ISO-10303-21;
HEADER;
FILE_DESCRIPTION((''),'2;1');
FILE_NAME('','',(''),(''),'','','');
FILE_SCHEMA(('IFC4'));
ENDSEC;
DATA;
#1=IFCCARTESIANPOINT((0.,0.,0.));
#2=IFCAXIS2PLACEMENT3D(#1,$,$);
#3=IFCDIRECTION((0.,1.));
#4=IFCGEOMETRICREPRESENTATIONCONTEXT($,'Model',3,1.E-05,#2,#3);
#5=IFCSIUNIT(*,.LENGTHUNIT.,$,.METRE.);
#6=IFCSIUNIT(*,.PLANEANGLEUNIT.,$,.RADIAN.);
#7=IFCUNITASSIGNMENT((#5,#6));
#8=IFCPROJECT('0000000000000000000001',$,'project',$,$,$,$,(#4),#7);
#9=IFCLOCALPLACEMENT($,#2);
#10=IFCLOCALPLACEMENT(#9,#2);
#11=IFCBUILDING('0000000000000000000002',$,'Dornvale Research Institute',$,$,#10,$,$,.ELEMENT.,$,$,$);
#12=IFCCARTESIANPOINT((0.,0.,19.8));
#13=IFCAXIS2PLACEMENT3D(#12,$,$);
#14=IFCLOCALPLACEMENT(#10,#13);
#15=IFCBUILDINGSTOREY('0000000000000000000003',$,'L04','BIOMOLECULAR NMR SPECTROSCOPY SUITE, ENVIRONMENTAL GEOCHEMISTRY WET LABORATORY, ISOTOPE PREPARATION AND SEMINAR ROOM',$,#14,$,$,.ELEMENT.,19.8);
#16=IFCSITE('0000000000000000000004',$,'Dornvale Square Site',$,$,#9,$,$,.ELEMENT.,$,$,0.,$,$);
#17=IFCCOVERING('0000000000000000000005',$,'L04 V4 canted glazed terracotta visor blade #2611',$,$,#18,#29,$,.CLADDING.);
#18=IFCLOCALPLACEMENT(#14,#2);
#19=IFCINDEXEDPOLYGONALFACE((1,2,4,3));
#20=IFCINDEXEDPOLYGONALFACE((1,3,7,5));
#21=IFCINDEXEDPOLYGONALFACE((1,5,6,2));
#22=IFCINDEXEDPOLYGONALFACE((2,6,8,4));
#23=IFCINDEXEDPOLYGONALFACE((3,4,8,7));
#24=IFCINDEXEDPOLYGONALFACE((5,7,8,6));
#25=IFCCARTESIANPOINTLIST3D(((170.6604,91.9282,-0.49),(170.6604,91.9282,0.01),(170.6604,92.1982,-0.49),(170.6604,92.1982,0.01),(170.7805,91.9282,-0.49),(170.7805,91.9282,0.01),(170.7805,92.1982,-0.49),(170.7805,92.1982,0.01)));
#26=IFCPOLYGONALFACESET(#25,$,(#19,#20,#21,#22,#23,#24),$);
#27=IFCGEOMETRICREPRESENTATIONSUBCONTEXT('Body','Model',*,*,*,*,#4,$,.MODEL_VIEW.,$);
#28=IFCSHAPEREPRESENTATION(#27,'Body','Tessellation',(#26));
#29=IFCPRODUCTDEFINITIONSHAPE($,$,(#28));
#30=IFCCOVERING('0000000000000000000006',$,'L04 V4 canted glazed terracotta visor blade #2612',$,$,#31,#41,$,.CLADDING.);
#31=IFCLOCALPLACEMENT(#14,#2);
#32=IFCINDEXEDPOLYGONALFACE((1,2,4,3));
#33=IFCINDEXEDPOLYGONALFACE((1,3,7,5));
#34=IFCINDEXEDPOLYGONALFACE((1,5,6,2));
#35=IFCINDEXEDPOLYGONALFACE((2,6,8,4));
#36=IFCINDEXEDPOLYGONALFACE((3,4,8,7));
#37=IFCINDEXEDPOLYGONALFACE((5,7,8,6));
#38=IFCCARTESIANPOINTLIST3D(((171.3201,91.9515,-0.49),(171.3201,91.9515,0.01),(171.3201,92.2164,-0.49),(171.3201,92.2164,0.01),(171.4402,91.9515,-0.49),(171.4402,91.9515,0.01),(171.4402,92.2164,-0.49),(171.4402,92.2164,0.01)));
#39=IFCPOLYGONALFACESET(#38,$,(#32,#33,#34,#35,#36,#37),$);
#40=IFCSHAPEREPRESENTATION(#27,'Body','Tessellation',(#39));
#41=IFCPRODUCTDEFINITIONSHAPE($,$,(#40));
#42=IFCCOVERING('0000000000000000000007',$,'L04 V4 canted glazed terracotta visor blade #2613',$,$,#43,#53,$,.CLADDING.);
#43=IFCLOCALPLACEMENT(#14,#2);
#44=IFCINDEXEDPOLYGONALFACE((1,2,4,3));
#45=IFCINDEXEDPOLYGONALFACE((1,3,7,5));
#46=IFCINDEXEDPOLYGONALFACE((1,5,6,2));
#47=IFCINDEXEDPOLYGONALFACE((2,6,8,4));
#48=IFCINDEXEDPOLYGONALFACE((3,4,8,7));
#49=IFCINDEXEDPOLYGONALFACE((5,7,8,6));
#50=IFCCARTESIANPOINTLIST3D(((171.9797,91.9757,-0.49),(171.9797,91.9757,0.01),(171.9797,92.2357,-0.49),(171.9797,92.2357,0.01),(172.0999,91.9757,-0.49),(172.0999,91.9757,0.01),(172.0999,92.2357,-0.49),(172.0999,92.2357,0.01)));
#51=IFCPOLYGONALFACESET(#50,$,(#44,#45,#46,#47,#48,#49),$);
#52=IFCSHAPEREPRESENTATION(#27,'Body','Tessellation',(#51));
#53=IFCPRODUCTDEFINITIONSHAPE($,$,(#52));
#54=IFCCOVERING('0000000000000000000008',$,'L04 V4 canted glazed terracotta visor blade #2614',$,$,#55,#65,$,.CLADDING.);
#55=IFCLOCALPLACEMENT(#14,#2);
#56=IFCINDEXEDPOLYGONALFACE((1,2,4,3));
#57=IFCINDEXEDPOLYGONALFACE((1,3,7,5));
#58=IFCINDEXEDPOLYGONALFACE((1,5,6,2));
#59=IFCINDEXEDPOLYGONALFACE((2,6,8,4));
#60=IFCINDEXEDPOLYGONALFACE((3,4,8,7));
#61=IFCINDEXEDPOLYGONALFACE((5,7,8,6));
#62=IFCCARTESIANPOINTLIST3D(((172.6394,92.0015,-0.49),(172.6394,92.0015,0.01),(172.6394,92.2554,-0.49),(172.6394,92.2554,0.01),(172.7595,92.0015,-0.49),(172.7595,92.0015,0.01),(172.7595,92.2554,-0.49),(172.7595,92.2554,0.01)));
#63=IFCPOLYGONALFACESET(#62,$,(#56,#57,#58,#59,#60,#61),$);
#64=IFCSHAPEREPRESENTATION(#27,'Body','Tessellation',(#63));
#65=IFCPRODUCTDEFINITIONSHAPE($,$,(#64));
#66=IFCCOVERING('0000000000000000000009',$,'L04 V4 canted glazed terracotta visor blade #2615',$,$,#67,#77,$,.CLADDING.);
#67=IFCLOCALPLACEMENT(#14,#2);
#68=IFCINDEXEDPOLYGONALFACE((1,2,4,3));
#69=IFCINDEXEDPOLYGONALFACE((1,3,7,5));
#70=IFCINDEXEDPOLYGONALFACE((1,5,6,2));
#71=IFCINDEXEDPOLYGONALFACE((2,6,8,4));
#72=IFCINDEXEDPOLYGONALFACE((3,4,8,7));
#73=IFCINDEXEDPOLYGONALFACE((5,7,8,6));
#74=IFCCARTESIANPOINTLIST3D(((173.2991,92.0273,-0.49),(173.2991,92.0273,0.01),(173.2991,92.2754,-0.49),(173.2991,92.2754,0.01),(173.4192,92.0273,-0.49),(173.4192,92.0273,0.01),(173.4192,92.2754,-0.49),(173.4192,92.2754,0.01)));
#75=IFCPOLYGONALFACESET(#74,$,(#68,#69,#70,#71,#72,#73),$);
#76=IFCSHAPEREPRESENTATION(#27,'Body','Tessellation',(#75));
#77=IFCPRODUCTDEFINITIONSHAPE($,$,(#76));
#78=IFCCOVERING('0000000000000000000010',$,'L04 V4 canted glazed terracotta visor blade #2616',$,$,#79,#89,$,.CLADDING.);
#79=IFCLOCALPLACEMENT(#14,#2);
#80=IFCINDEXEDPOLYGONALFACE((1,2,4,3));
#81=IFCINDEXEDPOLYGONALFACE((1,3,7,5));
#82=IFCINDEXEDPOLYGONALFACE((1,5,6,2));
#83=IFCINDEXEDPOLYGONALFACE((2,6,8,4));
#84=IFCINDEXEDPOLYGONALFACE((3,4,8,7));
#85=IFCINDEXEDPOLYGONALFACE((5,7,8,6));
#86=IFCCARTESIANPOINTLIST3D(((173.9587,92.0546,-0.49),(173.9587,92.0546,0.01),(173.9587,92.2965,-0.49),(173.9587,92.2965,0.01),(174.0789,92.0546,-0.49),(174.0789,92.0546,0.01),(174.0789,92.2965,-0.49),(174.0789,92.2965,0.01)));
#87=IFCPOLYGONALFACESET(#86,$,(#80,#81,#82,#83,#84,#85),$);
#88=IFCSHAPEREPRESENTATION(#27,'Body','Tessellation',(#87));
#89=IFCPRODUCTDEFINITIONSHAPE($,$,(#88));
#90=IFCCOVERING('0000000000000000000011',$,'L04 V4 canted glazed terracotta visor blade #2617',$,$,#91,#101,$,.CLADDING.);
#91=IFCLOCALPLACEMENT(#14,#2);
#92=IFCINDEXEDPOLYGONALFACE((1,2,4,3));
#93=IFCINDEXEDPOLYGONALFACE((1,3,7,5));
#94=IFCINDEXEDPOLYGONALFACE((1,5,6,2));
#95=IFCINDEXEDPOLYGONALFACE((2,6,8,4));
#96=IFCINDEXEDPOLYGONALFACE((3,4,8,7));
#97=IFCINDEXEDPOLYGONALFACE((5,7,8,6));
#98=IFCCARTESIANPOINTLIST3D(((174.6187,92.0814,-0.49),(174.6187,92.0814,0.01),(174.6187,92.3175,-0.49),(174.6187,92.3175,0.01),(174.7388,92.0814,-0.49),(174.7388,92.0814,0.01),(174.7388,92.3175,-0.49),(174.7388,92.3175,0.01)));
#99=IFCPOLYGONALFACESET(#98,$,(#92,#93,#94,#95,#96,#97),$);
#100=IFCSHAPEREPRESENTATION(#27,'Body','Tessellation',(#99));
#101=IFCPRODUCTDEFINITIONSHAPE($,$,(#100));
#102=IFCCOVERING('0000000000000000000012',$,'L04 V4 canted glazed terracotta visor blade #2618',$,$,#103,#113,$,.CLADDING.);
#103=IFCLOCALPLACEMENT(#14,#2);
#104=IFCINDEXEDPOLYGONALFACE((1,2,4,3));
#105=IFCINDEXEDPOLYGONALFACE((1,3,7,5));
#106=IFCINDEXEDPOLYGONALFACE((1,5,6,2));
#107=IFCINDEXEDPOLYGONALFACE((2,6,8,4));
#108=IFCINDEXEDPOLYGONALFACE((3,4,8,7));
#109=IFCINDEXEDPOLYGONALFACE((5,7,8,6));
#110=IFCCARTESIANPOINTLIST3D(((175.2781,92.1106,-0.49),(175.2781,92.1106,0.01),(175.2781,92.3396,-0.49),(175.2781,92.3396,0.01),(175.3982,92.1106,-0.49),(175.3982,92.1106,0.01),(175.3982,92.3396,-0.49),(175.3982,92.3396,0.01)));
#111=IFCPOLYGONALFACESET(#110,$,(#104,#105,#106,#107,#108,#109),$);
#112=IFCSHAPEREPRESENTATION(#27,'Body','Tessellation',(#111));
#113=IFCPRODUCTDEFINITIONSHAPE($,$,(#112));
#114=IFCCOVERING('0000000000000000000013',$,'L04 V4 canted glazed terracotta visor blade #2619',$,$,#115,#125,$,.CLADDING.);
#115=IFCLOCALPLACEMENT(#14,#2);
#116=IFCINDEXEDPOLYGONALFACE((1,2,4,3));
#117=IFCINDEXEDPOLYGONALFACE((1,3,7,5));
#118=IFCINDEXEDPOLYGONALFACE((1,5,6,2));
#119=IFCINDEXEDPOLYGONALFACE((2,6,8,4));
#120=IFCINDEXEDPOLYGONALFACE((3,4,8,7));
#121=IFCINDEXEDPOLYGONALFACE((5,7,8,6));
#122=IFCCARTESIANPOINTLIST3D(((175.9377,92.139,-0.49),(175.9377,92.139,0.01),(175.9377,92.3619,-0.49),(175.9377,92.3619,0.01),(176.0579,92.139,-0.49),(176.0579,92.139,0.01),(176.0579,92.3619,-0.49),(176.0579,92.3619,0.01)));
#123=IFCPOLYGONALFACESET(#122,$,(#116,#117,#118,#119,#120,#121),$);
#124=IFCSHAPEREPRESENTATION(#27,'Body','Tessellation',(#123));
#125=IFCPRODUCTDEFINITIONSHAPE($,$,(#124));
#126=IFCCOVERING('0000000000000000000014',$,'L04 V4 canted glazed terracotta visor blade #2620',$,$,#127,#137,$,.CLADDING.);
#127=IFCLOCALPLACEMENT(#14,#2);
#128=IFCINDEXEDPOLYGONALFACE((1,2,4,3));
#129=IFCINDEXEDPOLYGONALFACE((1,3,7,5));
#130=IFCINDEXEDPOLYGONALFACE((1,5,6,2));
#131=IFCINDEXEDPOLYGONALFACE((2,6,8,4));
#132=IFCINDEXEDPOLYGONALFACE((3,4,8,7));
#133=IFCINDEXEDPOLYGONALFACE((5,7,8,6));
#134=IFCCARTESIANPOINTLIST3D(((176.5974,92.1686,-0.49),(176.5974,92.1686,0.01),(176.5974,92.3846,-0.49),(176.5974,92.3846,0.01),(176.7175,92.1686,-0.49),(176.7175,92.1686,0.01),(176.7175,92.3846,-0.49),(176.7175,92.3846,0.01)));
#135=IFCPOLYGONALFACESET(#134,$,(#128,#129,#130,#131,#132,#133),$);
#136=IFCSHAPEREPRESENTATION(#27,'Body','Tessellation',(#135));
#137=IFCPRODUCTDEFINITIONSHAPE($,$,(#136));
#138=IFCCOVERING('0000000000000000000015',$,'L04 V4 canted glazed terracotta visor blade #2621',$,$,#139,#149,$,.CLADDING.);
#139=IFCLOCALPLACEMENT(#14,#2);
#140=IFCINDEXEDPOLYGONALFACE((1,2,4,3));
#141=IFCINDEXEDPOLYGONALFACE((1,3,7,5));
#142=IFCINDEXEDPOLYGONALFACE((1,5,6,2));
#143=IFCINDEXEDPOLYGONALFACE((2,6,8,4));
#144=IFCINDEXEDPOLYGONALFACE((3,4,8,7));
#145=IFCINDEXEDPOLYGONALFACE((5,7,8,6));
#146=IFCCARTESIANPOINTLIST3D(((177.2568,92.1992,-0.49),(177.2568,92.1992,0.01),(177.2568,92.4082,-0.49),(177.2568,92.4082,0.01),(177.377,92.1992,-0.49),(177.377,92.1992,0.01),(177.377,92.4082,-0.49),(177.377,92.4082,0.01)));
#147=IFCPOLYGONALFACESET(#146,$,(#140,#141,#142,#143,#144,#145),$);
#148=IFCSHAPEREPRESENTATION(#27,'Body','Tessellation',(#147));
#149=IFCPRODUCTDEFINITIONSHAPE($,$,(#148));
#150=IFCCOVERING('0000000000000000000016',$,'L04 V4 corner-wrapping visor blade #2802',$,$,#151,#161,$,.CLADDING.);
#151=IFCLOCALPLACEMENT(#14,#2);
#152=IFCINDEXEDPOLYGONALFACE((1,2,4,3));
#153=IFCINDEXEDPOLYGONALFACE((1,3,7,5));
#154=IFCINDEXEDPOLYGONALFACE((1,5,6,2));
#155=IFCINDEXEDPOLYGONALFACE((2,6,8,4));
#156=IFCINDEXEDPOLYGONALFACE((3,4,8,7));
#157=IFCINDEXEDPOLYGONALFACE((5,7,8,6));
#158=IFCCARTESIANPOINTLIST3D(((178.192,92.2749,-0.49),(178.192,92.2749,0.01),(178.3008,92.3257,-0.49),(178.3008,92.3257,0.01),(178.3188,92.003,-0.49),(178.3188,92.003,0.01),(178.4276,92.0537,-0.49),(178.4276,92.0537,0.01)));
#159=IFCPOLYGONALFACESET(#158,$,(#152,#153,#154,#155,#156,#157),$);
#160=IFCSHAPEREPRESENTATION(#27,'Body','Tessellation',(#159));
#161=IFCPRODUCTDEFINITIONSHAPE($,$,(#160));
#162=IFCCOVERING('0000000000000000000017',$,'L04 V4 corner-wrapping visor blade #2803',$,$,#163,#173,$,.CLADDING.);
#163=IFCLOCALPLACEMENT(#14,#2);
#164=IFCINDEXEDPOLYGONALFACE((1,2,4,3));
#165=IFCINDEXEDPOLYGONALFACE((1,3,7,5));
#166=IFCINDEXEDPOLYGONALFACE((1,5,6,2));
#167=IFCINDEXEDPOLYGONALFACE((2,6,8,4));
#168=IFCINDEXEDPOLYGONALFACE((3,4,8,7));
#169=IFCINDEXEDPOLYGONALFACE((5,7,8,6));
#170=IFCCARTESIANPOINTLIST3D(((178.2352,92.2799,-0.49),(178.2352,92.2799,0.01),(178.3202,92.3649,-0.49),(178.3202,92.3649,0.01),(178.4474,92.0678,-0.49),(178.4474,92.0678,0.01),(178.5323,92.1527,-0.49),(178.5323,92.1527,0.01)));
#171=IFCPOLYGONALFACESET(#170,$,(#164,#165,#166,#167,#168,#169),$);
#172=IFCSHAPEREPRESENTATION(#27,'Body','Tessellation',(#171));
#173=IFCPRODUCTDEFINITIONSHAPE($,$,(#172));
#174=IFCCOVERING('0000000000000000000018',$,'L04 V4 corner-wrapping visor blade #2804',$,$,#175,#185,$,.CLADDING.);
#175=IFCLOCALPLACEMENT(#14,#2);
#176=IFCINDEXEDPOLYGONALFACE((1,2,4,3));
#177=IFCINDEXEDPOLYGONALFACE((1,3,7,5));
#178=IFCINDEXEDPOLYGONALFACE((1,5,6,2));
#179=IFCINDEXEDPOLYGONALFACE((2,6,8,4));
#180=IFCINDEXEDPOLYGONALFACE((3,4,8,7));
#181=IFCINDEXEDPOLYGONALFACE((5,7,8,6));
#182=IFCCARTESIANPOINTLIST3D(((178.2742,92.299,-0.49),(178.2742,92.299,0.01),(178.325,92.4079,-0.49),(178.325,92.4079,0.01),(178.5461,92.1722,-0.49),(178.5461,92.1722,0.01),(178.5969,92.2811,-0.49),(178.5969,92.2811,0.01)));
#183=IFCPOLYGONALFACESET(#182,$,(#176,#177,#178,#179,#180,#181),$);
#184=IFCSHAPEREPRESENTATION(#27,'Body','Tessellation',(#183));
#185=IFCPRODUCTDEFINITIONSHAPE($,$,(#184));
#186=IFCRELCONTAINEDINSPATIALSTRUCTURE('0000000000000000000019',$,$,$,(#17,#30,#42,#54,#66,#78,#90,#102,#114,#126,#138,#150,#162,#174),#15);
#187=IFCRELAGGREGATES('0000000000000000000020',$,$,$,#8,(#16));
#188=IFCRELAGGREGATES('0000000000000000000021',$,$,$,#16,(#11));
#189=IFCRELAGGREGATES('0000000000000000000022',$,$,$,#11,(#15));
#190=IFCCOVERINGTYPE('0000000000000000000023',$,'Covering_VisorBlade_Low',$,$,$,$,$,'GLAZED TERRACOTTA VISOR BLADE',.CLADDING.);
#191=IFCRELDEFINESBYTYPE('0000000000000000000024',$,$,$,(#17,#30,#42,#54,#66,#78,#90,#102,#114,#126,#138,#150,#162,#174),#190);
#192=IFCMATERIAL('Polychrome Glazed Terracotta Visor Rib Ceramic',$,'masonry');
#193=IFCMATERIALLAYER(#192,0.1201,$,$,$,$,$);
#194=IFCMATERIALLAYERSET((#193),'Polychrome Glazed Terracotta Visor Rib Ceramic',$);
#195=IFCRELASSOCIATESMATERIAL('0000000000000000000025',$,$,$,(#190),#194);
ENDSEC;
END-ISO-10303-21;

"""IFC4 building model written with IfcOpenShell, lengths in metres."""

from ifc_helpers import new_model, si_unit, direction, frame, origin, origin_2d, place, context, subcontext, project, spatial, rectangle, extrude, material, layer, layer_set, type_object, element, save


model = new_model("IFC4")

# Units and contexts
model_context = context("Model", 3, precision=1e-05, world=origin(), true_north=direction((0.0, 1.0)))
body_context = subcontext(model_context, "Body", "Model", "MODEL_VIEW")
ifc_project = project(units=[si_unit("LENGTHUNIT", "METRE"), si_unit("PLANEANGLEUNIT", "RADIAN")], contexts=[model_context])

# Site, building, storey
site_placement = place(None, origin())
site = spatial("IfcSite", under=ifc_project, at=site_placement, Name="Dornvale Square Site", CompositionType="ELEMENT", RefElevation=0.0)
building_placement = place(site_placement, origin())
building = spatial("IfcBuilding", under=site, at=building_placement, Name="Dornvale Research Institute", CompositionType="ELEMENT")
storey_placement = place(building_placement, frame((0.0, 0.0, 19.8)))
storey = spatial("IfcBuildingStorey", under=building, at=storey_placement, Name="L04", Description="BIOMOLECULAR NMR SPECTROSCOPY SUITE, ENVIRONMENTAL GEOCHEMISTRY WET LABORATORY, ISOTOPE PREPARATION AND SEMINAR ROOM", CompositionType="ELEMENT", Elevation=19.8)

# Coverings
ifc_material = material(Name="Polychrome Glazed Terracotta Visor Rib Ceramic", Category="masonry")
ifc_layer = layer(ifc_material, 0.1201)
ifc_layer_set = layer_set([ifc_layer], Name="Polychrome Glazed Terracotta Visor Rib Ceramic")
covering_type = type_object("IfcCoveringType", Name="Covering_VisorBlade_Low", ElementType="GLAZED TERRACOTTA VISOR BLADE", PredefinedType="CLADDING", material=ifc_layer_set)
covering_1_placement = place(storey_placement, frame((170.7205, 92.0632, -0.49), z_axis=(0.0, 0.0, 1.0), x_axis=(0.0, 1.0, 0.0)))
element("IfcCovering", 1, at=covering_1_placement, inside=storey, type_object=covering_type, Name="L04 V4 canted glazed terracotta visor blade #2611", PredefinedType="CLADDING", context=body_context, shape_type="SweptSolid", body=[
    extrude(rectangle(XDim=0.27, YDim=0.1201, at=origin_2d()), origin(), (0.0, 0.0, 1.0), 0.5),
])
covering_2_placement = place(storey_placement, frame((171.3801, 92.084, -0.49), z_axis=(0.0, 0.0, 1.0), x_axis=(0.0, 1.0, 0.0)))
element("IfcCovering", 2, at=covering_2_placement, inside=storey, type_object=covering_type, Name="L04 V4 canted glazed terracotta visor blade #2612", PredefinedType="CLADDING", context=body_context, shape_type="SweptSolid", body=[
    extrude(rectangle(XDim=0.2649, YDim=0.1201, at=origin_2d()), origin(), (0.0, 0.0, 1.0), 0.5),
])
covering_3_placement = place(storey_placement, frame((172.0398, 92.1057, -0.49), z_axis=(0.0, 0.0, 1.0), x_axis=(0.0, 1.0, 0.0)))
element("IfcCovering", 3, at=covering_3_placement, inside=storey, type_object=covering_type, Name="L04 V4 canted glazed terracotta visor blade #2613", PredefinedType="CLADDING", context=body_context, shape_type="SweptSolid", body=[
    extrude(rectangle(XDim=0.26, YDim=0.1201, at=origin_2d()), origin(), (0.0, 0.0, 1.0), 0.5),
])
covering_4_placement = place(storey_placement, frame((172.6995, 92.1284, -0.49), z_axis=(0.0, 0.0, 1.0), x_axis=(0.0, 1.0, 0.0)))
element("IfcCovering", 4, at=covering_4_placement, inside=storey, type_object=covering_type, Name="L04 V4 canted glazed terracotta visor blade #2614", PredefinedType="CLADDING", context=body_context, shape_type="SweptSolid", body=[
    extrude(rectangle(XDim=0.2539, YDim=0.1201, at=origin_2d()), origin(), (0.0, 0.0, 1.0), 0.5),
])
covering_5_placement = place(storey_placement, frame((173.3591, 92.1514, -0.49), z_axis=(0.0, 0.0, 1.0), x_axis=(0.0, 1.0, 0.0)))
element("IfcCovering", 5, at=covering_5_placement, inside=storey, type_object=covering_type, Name="L04 V4 canted glazed terracotta visor blade #2615", PredefinedType="CLADDING", context=body_context, shape_type="SweptSolid", body=[
    extrude(rectangle(XDim=0.248, YDim=0.1201, at=origin_2d()), origin(), (0.0, 0.0, 1.0), 0.5),
])
covering_6_placement = place(storey_placement, frame((174.0188, 92.1755, -0.49), z_axis=(0.0, 0.0, 1.0), x_axis=(0.0, 1.0, 0.0)))
element("IfcCovering", 6, at=covering_6_placement, inside=storey, type_object=covering_type, Name="L04 V4 canted glazed terracotta visor blade #2616", PredefinedType="CLADDING", context=body_context, shape_type="SweptSolid", body=[
    extrude(rectangle(XDim=0.2419, YDim=0.1201, at=origin_2d()), origin(), (0.0, 0.0, 1.0), 0.5),
])
covering_7_placement = place(storey_placement, frame((174.6787, 92.1995, -0.49), z_axis=(0.0, 0.0, 1.0), x_axis=(0.0, 1.0, 0.0)))
element("IfcCovering", 7, at=covering_7_placement, inside=storey, type_object=covering_type, Name="L04 V4 canted glazed terracotta visor blade #2617", PredefinedType="CLADDING", context=body_context, shape_type="SweptSolid", body=[
    extrude(rectangle(XDim=0.2361, YDim=0.1201, at=origin_2d()), origin(), (0.0, 0.0, 1.0), 0.5),
])
covering_8_placement = place(storey_placement, frame((175.3381, 92.2251, -0.49), z_axis=(0.0, 0.0, 1.0), x_axis=(0.0, 1.0, 0.0)))
element("IfcCovering", 8, at=covering_8_placement, inside=storey, type_object=covering_type, Name="L04 V4 canted glazed terracotta visor blade #2618", PredefinedType="CLADDING", context=body_context, shape_type="SweptSolid", body=[
    extrude(rectangle(XDim=0.229, YDim=0.1201, at=origin_2d()), origin(), (0.0, 0.0, 1.0), 0.5),
])
covering_9_placement = place(storey_placement, frame((175.9978, 92.2505, -0.49), z_axis=(0.0, 0.0, 1.0), x_axis=(0.0, 1.0, 0.0)))
element("IfcCovering", 9, at=covering_9_placement, inside=storey, type_object=covering_type, Name="L04 V4 canted glazed terracotta visor blade #2619", PredefinedType="CLADDING", context=body_context, shape_type="SweptSolid", body=[
    extrude(rectangle(XDim=0.2229, YDim=0.1201, at=origin_2d()), origin(), (0.0, 0.0, 1.0), 0.5),
])
covering_10_placement = place(storey_placement, frame((176.6575, 92.2766, -0.49), z_axis=(0.0, 0.0, 1.0), x_axis=(0.0, 1.0, 0.0)))
element("IfcCovering", 10, at=covering_10_placement, inside=storey, type_object=covering_type, Name="L04 V4 canted glazed terracotta visor blade #2620", PredefinedType="CLADDING", context=body_context, shape_type="SweptSolid", body=[
    extrude(rectangle(XDim=0.2161, YDim=0.1201, at=origin_2d()), origin(), (0.0, 0.0, 1.0), 0.5),
])
covering_11_placement = place(storey_placement, frame((177.3169, 92.3037, -0.49), z_axis=(0.0, 0.0, 1.0), x_axis=(0.0, 1.0, 0.0)))
element("IfcCovering", 11, at=covering_11_placement, inside=storey, type_object=covering_type, Name="L04 V4 canted glazed terracotta visor blade #2621", PredefinedType="CLADDING", context=body_context, shape_type="SweptSolid", body=[
    extrude(rectangle(XDim=0.209, YDim=0.1201, at=origin_2d()), origin(), (0.0, 0.0, 1.0), 0.5),
])
for number, where, z_axis, x_axis, name in (
    (12, (178.3098, 92.1643, -0.49), (0.0, 0.0, 1.0), (0.422618, -0.906308, 0.0), "L04 V4 corner-wrapping visor blade #2802"),
    (13, (178.3838, 92.2163, -0.49), (0.0, 0.0, 1.0), (0.707107, -0.707107, 0.0), "L04 V4 corner-wrapping visor blade #2803"),
    (14, (178.4355, 92.29, -0.49), (0.0, 0.0, 1.0), (0.906308, -0.422618, 0.0), "L04 V4 corner-wrapping visor blade #2804"),
):
    element("IfcCovering", number, at=place(storey_placement, frame(where, z_axis=z_axis, x_axis=x_axis)), inside=storey, type_object=covering_type, Name=name, PredefinedType="CLADDING", context=body_context, shape_type="SweptSolid", body=[
        extrude(rectangle(XDim=0.3, YDim=0.1201, at=origin_2d()), origin(), (0.0, 0.0, 1.0), 0.5),
    ])

save(model, "model.ifc")
